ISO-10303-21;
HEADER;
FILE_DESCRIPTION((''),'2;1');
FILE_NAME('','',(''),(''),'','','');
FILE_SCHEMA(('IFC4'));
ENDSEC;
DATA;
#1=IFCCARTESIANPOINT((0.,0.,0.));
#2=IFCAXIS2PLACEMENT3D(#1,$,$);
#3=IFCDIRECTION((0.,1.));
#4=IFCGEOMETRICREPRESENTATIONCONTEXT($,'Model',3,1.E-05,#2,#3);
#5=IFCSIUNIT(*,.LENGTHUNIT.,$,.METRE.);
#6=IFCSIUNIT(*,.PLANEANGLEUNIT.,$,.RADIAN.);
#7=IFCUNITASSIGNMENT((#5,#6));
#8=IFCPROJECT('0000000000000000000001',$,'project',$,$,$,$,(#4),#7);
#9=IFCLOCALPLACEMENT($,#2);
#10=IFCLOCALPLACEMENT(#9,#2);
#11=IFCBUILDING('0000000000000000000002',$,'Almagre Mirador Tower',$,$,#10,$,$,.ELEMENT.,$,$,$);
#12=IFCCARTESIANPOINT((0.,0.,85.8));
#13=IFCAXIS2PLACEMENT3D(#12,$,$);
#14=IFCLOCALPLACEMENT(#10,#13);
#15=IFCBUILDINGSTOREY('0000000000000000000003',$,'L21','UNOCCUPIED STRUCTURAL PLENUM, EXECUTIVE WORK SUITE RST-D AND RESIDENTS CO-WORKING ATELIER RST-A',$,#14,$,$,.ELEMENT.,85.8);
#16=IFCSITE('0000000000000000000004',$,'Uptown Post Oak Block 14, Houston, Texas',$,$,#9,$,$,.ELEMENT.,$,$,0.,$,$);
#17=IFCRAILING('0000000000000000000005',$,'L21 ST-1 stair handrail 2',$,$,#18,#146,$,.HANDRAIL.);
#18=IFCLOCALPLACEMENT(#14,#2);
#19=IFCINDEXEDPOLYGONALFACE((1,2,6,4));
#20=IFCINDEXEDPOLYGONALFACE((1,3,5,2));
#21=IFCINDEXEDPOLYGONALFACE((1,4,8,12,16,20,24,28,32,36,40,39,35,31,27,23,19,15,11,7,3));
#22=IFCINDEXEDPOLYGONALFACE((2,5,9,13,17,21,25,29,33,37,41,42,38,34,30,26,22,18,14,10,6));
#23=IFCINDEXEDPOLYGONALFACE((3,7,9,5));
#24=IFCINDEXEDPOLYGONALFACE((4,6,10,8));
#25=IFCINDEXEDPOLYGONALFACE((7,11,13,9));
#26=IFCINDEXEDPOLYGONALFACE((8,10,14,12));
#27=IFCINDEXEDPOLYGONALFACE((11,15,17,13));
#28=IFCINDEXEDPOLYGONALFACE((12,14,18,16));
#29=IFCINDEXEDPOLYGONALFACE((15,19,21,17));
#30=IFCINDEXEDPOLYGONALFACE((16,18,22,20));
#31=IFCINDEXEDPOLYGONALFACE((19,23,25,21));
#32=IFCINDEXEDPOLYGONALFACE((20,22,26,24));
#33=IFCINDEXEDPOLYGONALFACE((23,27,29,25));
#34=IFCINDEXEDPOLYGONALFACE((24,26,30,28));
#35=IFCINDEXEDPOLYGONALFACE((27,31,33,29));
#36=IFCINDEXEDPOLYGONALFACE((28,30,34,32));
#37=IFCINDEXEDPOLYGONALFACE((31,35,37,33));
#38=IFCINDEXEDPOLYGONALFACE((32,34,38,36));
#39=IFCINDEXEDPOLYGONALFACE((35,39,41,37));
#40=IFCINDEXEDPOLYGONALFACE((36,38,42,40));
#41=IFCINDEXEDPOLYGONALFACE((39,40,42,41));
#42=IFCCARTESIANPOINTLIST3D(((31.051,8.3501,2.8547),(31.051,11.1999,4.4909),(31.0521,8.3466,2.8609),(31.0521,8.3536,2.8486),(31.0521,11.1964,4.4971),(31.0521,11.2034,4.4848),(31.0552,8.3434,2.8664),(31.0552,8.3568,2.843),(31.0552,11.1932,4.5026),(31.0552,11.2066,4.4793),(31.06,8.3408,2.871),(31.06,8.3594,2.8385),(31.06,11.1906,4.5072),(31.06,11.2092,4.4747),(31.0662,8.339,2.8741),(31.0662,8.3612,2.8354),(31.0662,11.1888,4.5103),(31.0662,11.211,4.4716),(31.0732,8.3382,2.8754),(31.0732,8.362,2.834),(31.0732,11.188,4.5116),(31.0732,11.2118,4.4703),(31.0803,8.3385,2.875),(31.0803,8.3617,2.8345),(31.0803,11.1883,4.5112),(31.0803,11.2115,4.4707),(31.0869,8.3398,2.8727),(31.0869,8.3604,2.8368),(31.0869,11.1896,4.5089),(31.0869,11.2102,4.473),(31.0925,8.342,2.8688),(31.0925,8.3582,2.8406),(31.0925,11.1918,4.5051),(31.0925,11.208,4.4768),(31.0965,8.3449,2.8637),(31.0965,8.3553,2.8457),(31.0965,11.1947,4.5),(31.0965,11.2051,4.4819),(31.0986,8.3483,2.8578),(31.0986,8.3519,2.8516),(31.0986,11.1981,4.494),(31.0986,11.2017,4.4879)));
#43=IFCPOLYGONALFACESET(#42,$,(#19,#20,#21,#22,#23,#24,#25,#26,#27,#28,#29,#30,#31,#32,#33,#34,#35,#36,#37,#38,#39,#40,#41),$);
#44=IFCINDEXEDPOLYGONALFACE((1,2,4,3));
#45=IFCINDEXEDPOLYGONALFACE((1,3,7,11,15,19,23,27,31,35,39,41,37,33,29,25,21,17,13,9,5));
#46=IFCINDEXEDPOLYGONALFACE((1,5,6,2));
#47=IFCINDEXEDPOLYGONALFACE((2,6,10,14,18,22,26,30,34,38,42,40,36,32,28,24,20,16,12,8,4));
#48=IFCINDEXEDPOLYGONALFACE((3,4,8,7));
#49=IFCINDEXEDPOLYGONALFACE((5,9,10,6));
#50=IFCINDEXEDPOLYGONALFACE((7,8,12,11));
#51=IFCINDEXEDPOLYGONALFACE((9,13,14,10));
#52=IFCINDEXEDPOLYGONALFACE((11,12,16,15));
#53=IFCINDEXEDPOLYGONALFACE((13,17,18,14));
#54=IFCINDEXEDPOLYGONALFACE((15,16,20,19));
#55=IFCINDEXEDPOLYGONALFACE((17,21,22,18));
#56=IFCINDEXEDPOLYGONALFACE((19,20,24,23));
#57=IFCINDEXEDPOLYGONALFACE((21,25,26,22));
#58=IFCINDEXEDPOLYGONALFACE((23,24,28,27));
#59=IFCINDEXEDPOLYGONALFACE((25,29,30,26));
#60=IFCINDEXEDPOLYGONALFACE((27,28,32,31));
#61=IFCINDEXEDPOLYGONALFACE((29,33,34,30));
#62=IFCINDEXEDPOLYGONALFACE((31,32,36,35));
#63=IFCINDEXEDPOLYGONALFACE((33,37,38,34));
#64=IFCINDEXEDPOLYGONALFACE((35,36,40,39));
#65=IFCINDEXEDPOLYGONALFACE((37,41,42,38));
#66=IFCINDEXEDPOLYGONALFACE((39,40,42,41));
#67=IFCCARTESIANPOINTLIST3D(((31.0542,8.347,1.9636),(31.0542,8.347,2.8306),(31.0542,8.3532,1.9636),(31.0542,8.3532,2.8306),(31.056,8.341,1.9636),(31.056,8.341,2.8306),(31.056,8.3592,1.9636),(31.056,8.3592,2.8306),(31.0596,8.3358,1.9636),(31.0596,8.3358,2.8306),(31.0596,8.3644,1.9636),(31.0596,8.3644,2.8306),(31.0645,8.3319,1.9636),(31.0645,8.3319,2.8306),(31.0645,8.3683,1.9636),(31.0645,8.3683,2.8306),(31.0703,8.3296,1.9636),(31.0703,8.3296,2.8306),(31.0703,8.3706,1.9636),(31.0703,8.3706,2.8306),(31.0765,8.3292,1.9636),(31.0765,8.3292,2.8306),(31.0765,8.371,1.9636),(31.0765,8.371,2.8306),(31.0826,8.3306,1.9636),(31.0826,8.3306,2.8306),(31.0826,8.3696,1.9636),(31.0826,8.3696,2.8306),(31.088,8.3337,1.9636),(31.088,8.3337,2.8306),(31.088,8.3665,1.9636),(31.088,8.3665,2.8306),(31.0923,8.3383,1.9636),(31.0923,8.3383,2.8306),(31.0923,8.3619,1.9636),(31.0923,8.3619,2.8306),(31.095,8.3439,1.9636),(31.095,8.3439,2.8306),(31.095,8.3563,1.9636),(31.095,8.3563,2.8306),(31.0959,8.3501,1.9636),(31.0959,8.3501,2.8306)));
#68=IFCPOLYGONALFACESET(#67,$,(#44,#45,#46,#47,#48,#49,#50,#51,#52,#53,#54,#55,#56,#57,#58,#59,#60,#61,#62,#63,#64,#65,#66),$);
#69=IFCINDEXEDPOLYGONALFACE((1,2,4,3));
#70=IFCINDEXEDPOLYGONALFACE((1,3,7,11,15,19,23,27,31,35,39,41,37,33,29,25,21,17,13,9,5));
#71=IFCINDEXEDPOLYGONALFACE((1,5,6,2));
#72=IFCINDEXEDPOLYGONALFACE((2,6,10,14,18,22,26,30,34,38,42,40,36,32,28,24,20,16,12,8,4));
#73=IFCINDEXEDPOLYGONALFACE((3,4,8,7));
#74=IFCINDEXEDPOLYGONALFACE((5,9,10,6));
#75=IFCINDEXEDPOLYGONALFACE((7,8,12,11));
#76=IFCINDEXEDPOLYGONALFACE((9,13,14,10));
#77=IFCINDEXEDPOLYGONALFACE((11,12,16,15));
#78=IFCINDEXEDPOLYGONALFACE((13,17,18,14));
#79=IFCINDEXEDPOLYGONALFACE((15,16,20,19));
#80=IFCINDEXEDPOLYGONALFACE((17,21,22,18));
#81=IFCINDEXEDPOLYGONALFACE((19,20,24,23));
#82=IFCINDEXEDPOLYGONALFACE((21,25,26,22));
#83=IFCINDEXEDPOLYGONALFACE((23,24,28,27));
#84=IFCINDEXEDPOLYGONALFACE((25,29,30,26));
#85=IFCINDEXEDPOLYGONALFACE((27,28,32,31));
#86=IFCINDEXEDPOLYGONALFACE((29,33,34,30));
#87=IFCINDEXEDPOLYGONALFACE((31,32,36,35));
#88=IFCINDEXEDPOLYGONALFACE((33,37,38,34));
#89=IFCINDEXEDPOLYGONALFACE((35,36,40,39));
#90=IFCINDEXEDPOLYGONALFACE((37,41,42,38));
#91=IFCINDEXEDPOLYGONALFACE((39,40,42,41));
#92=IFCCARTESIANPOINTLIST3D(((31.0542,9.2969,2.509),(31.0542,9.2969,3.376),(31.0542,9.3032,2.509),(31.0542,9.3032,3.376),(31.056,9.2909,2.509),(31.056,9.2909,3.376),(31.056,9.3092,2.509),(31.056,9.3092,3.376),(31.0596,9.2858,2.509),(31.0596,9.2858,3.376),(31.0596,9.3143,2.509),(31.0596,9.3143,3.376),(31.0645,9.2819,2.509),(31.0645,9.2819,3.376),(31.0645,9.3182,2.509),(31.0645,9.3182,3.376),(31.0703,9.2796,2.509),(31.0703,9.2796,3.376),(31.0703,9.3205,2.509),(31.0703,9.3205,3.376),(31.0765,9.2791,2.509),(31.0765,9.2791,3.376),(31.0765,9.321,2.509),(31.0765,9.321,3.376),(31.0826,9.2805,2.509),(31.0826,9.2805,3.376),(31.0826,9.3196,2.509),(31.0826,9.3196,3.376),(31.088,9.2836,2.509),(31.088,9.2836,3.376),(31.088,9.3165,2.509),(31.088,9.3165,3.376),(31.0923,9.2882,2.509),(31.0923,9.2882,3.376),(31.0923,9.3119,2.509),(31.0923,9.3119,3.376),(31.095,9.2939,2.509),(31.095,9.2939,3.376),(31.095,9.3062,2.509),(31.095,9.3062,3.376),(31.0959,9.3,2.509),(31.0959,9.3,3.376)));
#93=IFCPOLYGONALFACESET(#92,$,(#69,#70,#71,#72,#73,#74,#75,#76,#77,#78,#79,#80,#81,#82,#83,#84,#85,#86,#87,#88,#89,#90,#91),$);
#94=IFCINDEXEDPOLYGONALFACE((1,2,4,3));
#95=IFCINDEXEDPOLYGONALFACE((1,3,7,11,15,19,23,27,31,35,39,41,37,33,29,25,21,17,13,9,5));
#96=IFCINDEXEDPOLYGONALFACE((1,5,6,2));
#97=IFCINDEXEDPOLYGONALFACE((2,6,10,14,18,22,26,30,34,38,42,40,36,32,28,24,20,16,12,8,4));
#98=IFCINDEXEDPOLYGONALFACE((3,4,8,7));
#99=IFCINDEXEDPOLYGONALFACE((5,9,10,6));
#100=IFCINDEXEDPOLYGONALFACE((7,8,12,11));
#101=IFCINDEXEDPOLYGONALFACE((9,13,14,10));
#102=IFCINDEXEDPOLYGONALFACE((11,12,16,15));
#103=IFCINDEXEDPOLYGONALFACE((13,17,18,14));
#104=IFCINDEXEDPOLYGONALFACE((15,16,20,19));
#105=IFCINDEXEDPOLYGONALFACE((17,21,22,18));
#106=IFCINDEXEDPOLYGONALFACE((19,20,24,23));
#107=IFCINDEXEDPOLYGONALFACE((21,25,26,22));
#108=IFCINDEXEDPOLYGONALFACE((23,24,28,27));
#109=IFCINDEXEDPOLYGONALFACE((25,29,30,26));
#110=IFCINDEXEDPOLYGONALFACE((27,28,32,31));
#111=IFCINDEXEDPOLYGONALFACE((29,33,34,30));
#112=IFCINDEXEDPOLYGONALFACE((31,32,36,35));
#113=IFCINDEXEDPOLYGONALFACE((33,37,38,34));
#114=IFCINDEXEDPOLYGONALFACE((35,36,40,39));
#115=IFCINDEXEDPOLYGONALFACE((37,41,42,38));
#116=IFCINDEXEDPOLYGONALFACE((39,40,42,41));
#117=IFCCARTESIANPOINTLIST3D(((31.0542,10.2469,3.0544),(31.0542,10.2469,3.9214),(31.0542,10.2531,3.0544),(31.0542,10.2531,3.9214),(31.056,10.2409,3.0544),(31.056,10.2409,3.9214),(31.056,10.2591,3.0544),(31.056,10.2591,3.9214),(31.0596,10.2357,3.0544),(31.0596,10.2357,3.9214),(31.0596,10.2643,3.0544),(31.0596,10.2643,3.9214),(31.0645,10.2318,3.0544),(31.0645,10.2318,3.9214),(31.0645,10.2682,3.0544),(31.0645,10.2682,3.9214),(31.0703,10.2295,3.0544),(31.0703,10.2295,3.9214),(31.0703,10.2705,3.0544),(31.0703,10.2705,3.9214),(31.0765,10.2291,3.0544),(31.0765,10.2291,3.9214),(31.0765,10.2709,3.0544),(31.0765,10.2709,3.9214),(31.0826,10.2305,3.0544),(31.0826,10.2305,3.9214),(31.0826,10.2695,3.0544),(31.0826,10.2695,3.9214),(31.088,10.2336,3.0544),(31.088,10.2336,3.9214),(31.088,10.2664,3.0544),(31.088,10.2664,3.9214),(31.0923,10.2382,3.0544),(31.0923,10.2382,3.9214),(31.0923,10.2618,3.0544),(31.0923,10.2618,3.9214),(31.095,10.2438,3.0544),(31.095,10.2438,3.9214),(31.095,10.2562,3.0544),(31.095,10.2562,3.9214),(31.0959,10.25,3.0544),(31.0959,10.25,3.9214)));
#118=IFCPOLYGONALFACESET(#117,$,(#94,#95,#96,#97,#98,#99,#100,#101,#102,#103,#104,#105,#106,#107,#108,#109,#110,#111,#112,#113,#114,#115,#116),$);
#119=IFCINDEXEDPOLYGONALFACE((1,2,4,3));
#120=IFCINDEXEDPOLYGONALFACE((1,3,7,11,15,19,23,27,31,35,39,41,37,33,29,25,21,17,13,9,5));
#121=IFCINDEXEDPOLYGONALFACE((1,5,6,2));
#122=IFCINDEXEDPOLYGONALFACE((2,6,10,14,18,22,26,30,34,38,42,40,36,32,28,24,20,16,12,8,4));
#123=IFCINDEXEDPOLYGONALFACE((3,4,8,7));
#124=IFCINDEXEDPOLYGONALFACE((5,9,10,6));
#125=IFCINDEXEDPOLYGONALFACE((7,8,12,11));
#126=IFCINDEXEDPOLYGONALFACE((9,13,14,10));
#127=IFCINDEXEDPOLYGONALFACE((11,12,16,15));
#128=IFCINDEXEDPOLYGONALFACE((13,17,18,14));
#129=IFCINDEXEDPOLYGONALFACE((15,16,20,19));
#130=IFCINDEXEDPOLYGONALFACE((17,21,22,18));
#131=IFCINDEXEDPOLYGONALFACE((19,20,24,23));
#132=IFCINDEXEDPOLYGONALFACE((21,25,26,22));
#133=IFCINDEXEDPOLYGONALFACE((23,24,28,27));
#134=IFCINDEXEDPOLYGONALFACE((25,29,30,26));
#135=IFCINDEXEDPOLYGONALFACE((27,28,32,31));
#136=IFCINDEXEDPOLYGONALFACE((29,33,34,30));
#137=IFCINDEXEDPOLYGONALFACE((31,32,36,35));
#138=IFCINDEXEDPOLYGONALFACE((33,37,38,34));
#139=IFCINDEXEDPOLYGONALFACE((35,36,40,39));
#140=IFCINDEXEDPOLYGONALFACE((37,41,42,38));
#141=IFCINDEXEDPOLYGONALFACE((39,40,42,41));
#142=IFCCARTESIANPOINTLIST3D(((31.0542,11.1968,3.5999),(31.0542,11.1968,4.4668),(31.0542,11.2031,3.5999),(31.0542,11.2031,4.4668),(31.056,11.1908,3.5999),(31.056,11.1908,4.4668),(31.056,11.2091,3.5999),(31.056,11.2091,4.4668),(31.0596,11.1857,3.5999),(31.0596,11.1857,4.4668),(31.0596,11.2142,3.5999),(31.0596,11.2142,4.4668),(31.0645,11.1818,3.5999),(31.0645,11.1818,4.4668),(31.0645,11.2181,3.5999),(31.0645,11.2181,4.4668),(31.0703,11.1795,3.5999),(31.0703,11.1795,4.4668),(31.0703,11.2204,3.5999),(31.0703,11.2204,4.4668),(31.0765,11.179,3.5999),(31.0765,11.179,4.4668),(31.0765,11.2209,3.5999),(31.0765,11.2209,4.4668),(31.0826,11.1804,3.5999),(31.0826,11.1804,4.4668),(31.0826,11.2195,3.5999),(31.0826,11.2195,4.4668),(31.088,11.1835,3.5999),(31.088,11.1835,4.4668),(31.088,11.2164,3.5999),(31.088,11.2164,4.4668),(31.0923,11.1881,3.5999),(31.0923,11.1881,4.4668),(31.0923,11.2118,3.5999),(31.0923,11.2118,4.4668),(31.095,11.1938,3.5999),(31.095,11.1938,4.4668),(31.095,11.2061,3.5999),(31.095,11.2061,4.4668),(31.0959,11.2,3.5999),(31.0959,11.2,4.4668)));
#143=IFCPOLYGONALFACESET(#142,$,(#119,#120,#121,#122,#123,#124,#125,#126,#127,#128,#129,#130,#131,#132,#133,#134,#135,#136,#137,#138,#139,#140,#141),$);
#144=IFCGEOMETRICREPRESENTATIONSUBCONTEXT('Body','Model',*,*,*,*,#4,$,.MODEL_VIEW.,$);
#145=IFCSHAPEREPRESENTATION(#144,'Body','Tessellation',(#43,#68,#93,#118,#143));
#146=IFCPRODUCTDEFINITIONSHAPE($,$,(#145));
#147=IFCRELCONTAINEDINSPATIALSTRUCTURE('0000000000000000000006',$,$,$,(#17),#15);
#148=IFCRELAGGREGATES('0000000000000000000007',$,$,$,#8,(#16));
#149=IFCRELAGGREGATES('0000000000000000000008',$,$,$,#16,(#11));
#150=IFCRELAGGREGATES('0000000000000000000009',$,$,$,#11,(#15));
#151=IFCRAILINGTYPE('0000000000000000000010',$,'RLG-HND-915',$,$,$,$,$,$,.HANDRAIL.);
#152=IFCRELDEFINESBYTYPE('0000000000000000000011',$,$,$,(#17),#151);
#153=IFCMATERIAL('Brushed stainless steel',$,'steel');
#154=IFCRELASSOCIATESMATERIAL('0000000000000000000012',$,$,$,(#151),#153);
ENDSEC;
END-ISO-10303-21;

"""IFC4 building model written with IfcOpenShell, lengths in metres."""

from ifc_helpers import new_model, si_unit, direction, frame, origin, origin_2d, place, context, subcontext, project, spatial, circle, extrude, material, type_object, element, save


model = new_model("IFC4")

# Units and contexts
model_context = context("Model", 3, precision=1e-05, world=origin(), true_north=direction((0.0, 1.0)))
body_context = subcontext(model_context, "Body", "Model", "MODEL_VIEW")
ifc_project = project(units=[si_unit("LENGTHUNIT", "METRE"), si_unit("PLANEANGLEUNIT", "RADIAN")], contexts=[model_context])

# Site, building, storey
site_placement = place(None, origin())
site = spatial("IfcSite", under=ifc_project, at=site_placement, Name="Uptown Post Oak Block 14, Houston, Texas", CompositionType="ELEMENT", RefElevation=0.0)
building_placement = place(site_placement, origin())
building = spatial("IfcBuilding", under=site, at=building_placement, Name="Almagre Mirador Tower", CompositionType="ELEMENT")
storey_placement = place(building_placement, frame((0.0, 0.0, 85.8)))
storey = spatial("IfcBuildingStorey", under=building, at=storey_placement, Name="L21", Description="UNOCCUPIED STRUCTURAL PLENUM, EXECUTIVE WORK SUITE RST-D AND RESIDENTS CO-WORKING ATELIER RST-A", CompositionType="ELEMENT", Elevation=85.8)

# Railing
ifc_material_1 = material(Name="Brushed stainless steel", Category="steel")
railing_type_1 = type_object("IfcRailingType", Name="RLG-HND-915", PredefinedType="HANDRAIL", material=ifc_material_1)
railing_1_placement = place(storey_placement, frame((31.075, 8.3501, 1.9636)))
element("IfcRailing", 1, at=railing_1_placement, inside=storey, type_object=railing_type_1, Name="L21 ST-1 stair handrail 2", PredefinedType="HANDRAIL", context=body_context, shape_type="SweptSolid", body=[
    extrude(circle(Radius=0.0239, at=origin_2d()), frame((0.0, 0.0, 0.8911), z_axis=(0.0, 0.867226, 0.497914), x_axis=(-1.0, 0.0, 0.0)), (0.0, 0.0, 1.0), 3.2861),
    extrude(circle(Radius=0.021, at=origin_2d()), origin(), (0.0, 0.0, 1.0), 0.8669),
    extrude(circle(Radius=0.021, at=origin_2d()), frame((0.0, 0.95, 0.5454)), (0.0, 0.0, 1.0), 0.8669),
    extrude(circle(Radius=0.021, at=origin_2d()), frame((0.0, 1.8999, 1.0908)), (0.0, 0.0, 1.0), 0.8669),
    extrude(circle(Radius=0.021, at=origin_2d()), frame((0.0, 2.8499, 1.6362)), (0.0, 0.0, 1.0), 0.8669),
])

save(model, "model.ifc")
